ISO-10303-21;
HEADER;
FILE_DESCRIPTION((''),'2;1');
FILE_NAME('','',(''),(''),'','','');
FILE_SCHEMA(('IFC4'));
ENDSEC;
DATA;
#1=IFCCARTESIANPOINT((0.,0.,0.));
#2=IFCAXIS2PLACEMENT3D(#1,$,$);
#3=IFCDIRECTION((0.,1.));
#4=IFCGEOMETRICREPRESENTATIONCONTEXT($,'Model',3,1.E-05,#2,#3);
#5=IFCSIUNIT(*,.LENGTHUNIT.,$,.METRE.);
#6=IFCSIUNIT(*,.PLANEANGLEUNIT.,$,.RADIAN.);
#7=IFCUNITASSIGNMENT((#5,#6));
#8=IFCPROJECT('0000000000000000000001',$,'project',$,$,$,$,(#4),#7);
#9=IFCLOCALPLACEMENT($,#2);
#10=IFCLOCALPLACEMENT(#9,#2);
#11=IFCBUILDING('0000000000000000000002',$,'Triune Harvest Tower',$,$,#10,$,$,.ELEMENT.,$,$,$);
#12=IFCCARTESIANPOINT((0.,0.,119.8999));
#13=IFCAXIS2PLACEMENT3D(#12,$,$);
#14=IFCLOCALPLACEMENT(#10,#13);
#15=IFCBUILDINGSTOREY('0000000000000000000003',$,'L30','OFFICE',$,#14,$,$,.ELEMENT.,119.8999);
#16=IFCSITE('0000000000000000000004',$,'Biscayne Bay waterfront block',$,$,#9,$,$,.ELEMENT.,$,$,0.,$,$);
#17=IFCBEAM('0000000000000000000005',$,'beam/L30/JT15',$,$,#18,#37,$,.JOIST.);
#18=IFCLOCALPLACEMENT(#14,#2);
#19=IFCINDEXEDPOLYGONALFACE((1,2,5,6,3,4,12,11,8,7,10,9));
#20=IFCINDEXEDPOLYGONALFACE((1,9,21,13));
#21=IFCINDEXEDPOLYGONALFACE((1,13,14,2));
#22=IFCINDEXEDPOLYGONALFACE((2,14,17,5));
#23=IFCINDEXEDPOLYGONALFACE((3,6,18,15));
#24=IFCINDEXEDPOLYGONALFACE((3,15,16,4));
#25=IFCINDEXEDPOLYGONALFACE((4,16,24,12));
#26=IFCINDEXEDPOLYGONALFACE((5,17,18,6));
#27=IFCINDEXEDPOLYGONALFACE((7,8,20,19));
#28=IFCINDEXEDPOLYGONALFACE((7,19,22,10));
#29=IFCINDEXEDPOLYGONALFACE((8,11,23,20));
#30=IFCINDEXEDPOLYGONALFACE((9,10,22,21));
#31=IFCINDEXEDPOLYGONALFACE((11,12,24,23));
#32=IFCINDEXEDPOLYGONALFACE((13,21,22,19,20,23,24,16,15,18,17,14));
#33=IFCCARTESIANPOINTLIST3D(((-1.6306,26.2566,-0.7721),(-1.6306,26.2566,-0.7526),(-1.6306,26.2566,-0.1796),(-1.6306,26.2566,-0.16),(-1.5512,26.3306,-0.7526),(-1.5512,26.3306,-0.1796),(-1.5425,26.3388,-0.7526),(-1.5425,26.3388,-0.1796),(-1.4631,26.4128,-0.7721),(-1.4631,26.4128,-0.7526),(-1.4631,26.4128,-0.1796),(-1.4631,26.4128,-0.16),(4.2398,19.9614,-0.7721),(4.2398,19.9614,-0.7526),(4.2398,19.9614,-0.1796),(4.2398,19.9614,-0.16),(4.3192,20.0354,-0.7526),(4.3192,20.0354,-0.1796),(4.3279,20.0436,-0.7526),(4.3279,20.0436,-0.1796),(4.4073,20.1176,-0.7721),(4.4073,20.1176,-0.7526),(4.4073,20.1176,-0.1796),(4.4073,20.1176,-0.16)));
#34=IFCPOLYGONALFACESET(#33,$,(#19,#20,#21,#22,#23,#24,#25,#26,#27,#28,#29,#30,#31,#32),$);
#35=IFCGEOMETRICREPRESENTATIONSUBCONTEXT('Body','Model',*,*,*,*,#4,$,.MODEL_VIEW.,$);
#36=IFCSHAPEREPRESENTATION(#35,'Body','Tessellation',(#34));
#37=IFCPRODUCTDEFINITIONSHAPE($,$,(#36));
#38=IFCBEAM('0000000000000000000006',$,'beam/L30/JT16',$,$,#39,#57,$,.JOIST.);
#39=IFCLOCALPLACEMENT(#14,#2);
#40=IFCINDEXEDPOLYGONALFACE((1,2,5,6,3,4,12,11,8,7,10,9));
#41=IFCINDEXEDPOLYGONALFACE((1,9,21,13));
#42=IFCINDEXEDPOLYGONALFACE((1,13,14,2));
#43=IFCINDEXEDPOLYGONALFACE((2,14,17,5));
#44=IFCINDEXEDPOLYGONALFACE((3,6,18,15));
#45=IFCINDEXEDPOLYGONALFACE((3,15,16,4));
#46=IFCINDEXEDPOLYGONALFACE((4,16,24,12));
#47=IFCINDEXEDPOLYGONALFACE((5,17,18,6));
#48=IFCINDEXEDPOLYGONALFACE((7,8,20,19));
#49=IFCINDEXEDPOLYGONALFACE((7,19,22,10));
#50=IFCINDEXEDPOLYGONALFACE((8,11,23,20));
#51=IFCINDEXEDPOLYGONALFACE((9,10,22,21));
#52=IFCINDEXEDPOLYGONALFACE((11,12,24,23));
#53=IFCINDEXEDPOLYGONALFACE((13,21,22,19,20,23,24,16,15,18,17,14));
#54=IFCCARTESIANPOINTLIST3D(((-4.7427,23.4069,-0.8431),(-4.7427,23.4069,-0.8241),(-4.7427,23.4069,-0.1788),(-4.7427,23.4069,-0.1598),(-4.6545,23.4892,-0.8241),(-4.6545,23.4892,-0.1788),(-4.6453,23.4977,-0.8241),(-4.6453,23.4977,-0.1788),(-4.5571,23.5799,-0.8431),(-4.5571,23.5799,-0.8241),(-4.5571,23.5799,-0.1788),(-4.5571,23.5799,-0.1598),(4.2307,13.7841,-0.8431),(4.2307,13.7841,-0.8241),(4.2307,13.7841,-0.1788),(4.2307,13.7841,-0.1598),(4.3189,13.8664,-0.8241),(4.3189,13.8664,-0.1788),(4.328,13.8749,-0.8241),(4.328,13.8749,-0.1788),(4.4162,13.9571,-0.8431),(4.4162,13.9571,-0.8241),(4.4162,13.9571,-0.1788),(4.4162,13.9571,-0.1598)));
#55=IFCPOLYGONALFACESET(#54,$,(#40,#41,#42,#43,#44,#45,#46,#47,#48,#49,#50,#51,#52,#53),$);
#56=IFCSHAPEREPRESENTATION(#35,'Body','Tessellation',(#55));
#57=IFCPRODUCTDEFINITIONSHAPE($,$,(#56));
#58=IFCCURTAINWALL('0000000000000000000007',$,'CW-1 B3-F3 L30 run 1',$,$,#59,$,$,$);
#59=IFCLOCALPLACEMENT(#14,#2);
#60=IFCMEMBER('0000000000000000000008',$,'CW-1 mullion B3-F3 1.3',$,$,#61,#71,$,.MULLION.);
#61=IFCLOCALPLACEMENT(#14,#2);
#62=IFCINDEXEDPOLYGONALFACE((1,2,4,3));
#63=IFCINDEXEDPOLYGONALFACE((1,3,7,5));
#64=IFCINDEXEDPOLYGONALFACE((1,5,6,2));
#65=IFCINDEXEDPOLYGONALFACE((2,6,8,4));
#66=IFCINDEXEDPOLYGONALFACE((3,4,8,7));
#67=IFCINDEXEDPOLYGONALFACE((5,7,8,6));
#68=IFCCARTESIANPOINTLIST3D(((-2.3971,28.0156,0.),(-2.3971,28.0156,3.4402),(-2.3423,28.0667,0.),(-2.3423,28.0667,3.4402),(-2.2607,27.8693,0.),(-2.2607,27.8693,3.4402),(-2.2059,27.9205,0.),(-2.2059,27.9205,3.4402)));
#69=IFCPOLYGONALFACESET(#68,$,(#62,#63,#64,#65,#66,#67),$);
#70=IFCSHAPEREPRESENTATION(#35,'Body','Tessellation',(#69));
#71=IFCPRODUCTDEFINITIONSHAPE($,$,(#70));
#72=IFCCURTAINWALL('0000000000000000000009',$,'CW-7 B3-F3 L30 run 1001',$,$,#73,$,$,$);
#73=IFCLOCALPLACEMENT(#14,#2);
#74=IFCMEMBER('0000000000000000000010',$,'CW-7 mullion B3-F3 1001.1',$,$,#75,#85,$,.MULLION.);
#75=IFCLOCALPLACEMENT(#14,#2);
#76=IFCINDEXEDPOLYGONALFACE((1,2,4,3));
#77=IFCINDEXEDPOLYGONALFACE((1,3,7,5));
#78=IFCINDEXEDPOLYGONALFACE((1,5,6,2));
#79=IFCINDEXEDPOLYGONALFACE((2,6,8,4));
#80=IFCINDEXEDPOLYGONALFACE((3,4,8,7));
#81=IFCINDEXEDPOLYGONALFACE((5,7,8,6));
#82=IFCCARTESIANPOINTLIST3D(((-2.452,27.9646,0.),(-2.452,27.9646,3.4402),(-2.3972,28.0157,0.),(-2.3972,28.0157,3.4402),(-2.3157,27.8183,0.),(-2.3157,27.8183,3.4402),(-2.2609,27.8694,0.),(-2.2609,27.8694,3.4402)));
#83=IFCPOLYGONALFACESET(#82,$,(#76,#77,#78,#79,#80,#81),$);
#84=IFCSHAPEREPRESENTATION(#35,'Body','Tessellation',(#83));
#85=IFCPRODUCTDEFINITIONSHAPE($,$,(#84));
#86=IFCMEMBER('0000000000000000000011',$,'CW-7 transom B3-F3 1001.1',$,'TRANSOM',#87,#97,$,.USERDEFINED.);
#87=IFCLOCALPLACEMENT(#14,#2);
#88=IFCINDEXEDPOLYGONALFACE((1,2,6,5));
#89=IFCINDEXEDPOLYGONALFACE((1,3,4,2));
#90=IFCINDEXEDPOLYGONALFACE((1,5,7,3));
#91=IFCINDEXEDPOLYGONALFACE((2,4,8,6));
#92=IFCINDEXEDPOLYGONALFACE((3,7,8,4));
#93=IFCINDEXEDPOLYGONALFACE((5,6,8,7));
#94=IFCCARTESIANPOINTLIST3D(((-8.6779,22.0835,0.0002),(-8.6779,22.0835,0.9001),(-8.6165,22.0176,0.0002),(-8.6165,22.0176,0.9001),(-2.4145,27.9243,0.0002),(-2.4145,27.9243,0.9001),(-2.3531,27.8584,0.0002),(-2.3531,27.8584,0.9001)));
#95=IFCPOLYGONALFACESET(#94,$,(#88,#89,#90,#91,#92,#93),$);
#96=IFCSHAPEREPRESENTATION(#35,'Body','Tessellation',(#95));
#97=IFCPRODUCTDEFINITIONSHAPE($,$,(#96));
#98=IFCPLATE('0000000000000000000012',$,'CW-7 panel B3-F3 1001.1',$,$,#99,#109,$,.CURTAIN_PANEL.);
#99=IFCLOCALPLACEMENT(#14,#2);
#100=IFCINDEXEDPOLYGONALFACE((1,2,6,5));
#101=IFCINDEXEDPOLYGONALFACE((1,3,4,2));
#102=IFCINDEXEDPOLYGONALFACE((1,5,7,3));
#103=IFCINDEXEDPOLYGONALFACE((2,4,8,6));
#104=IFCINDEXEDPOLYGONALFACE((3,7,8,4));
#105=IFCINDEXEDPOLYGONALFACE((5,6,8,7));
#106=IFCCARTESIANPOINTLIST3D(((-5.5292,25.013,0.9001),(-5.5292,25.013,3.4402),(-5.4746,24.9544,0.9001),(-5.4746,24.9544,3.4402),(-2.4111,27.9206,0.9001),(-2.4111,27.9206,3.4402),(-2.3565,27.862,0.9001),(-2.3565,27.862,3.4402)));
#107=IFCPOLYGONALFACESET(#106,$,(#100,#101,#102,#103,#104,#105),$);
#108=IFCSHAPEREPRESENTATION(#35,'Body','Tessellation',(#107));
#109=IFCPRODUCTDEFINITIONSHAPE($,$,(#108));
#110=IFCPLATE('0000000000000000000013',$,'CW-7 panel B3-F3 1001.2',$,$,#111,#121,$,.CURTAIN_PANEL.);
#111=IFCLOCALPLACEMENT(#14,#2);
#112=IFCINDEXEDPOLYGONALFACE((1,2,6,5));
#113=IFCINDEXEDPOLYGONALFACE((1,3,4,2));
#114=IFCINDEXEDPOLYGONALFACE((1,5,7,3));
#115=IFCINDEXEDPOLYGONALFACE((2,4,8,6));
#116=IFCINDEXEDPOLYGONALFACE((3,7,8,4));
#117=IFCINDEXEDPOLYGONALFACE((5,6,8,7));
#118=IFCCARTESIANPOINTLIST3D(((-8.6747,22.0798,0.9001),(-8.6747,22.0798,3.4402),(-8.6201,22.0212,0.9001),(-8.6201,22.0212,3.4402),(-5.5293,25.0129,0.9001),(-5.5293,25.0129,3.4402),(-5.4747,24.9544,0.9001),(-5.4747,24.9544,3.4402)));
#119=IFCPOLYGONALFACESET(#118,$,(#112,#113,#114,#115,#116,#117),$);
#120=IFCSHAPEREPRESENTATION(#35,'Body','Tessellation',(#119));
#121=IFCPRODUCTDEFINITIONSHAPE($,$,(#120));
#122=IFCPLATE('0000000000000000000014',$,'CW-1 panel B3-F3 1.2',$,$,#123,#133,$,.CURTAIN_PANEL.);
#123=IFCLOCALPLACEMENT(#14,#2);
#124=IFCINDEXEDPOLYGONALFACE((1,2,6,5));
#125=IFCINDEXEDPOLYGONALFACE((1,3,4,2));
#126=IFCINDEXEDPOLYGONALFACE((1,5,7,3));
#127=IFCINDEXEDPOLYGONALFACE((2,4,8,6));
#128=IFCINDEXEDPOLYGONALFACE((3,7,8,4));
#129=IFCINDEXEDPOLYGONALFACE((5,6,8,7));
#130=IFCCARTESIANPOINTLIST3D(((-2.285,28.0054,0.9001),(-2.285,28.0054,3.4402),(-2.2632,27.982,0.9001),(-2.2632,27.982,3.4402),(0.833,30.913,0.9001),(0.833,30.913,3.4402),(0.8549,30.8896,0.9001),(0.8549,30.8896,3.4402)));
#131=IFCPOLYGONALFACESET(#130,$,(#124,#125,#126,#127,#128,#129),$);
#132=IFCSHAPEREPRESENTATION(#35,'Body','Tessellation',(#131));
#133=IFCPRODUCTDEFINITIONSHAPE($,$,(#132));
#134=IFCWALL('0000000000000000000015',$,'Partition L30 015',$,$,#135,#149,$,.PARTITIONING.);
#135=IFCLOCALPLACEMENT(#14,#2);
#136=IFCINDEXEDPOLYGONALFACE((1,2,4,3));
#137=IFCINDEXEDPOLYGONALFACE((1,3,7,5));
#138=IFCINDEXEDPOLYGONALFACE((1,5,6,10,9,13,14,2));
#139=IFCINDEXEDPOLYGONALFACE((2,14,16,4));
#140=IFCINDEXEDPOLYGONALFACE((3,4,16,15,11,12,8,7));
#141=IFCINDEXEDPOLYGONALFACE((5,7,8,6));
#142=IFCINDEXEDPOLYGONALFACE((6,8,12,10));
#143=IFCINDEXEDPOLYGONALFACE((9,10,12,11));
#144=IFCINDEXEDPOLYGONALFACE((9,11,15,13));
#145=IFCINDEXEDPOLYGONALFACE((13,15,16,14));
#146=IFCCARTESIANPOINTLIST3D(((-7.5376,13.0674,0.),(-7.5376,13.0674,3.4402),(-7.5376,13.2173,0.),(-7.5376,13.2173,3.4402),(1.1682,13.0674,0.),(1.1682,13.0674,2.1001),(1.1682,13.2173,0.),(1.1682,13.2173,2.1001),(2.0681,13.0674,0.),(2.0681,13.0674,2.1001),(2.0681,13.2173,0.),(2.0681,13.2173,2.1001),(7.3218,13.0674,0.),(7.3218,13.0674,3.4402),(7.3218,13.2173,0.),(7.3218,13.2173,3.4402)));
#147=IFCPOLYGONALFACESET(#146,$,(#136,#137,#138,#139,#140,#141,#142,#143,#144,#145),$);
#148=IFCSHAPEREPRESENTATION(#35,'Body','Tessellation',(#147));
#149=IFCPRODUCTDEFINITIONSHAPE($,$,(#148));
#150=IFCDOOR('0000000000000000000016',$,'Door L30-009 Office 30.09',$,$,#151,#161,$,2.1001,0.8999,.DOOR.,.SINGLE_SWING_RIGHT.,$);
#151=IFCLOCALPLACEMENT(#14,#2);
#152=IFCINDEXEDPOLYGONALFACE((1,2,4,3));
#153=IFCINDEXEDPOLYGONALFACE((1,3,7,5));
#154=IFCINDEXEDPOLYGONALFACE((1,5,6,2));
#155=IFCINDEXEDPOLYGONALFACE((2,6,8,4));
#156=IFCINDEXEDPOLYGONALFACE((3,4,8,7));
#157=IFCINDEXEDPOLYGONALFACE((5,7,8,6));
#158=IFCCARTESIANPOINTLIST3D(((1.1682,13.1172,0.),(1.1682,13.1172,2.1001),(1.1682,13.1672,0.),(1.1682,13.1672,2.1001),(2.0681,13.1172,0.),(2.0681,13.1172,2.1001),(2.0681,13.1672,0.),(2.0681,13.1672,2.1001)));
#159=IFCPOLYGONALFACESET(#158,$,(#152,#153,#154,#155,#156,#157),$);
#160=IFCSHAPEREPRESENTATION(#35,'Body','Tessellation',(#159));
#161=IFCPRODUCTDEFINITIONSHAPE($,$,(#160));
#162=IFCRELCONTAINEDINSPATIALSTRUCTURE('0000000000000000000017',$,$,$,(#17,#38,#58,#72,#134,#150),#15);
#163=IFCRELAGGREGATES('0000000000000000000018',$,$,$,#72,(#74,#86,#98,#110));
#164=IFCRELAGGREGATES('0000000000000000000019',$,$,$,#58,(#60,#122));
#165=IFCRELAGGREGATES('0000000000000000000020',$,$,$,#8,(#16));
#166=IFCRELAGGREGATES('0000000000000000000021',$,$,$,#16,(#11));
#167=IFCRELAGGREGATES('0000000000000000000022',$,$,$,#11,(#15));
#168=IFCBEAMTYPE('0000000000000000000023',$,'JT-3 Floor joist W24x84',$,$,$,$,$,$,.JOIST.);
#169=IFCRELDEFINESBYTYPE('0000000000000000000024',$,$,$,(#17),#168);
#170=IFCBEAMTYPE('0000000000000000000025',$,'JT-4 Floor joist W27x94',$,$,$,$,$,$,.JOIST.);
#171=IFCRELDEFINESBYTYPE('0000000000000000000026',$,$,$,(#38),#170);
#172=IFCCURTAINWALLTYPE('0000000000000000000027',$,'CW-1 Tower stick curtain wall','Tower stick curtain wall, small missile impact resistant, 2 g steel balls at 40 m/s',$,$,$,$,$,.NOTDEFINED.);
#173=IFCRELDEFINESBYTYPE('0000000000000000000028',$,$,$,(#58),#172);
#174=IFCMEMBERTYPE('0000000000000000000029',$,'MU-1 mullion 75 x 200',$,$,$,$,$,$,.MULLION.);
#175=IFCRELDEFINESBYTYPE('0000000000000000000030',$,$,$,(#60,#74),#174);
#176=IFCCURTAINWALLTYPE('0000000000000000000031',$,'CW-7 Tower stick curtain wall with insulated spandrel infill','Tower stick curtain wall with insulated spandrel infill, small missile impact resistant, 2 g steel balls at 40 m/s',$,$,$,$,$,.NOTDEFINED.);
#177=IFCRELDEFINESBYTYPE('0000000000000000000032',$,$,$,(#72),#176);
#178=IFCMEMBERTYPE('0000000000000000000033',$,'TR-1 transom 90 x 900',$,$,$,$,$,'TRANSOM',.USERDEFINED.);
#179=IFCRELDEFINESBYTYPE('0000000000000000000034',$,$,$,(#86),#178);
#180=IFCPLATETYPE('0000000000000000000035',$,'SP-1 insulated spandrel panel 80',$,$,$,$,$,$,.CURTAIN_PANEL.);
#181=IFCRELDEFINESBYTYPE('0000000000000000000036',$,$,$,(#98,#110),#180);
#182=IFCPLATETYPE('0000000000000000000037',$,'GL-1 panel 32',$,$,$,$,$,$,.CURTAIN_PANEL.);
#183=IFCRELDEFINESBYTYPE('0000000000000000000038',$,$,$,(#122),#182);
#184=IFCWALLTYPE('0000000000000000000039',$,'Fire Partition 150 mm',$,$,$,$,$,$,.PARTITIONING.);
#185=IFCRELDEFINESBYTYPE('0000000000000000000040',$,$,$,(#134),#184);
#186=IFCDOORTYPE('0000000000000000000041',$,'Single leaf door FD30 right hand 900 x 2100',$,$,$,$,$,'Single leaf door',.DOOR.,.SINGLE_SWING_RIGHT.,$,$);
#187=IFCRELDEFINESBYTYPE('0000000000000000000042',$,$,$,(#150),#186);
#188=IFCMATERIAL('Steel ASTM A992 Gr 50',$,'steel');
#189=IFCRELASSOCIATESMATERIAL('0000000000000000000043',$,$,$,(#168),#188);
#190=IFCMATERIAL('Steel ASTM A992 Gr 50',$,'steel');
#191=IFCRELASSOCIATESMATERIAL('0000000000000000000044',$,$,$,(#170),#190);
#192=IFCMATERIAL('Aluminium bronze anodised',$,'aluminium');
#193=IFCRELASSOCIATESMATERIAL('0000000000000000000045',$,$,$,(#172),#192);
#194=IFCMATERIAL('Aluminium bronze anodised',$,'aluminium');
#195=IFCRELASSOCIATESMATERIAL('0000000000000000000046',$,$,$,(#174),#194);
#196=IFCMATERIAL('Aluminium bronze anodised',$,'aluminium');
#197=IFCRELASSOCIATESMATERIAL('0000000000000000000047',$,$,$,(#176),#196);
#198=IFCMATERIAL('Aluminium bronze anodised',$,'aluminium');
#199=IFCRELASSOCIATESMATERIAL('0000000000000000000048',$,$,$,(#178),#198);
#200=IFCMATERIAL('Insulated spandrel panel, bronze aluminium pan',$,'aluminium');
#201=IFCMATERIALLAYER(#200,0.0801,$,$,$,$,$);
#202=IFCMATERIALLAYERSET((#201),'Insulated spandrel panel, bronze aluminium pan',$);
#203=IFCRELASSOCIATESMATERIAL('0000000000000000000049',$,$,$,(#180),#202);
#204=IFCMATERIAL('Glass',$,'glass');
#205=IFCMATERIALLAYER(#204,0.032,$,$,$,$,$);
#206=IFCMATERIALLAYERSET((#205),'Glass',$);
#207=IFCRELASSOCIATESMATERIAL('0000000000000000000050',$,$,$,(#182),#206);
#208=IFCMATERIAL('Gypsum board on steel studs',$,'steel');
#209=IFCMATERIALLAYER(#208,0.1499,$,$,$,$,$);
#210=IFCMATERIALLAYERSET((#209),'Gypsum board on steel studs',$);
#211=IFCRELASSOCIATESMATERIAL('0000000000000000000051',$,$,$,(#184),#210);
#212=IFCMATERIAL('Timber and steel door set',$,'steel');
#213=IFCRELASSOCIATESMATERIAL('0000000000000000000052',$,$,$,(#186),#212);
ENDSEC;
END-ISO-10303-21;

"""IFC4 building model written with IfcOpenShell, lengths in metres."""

from ifc_helpers import new_model, si_unit, direction, frame, frame_2d, origin, origin_2d, place, context, subcontext, project, spatial, rectangle, i_section, extrude, source, transform, mapped, material, layer, layer_set, material_profile, profile_set, type_object, element, fill, aggregate, save


model = new_model("IFC4")

# Units and contexts
model_context = context("Model", 3, precision=1e-05, world=origin(), true_north=direction((0.0, 1.0)))
body_context = subcontext(model_context, "Body", "Model", "MODEL_VIEW")
ifc_project = project(units=[si_unit("LENGTHUNIT", "METRE"), si_unit("PLANEANGLEUNIT", "RADIAN")], contexts=[model_context])

# Site, building, storey
site_placement = place(None, origin())
site = spatial("IfcSite", under=ifc_project, at=site_placement, Name="Biscayne Bay waterfront block", CompositionType="ELEMENT", RefElevation=0.0)
building_placement = place(site_placement, origin())
building = spatial("IfcBuilding", under=site, at=building_placement, Name="Triune Harvest Tower", CompositionType="ELEMENT")
storey_placement = place(building_placement, frame((0.0, 0.0, 119.8999)))
storey = spatial("IfcBuildingStorey", under=building, at=storey_placement, Name="L30", Description="OFFICE", CompositionType="ELEMENT", Elevation=119.8999)

# Beams
ifc_material_1 = material(Name="Steel ASTM A992 Gr 50", Category="steel")
ifc_material_profile_1 = material_profile(ifc_material_1, i_section(OverallWidth=0.229, OverallDepth=0.6121, WebThickness=0.012, FlangeThickness=0.0195, at=origin_2d()), Name="W24x84")
ifc_profile_set_1 = profile_set([ifc_material_profile_1], Name="Steel ASTM A992 Gr 50")
beam_type_1 = type_object("IfcBeamType", Name="JT-3 Floor joist W24x84", PredefinedType="JOIST", material=ifc_profile_set_1)
shared_shape_1 = source(origin(), body_context, "Body", "SweptSolid", [
    extrude(i_section(OverallWidth=0.229, OverallDepth=0.6121, WebThickness=0.012, FlangeThickness=0.0195, at=origin_2d()), origin(), (0.0, 0.0, 1.0), 8.6077),
])
beam_1_placement = place(storey_placement, frame((-1.5469, 26.3347, -0.4661), z_axis=(0.682, -0.731352, 0.0), x_axis=(0.731352, 0.682, 0.0)))
element("IfcBeam", 1, at=beam_1_placement, inside=storey, type_object=beam_type_1, Name="beam/L30/JT15", PredefinedType="JOIST", context=body_context, shape_type="MappedRepresentation", body=[
    mapped(shared_shape_1, transform((0.0, 0.0, 0.0), scale=1.0)),
])
ifc_material_2 = material(Name="Steel ASTM A992 Gr 50", Category="steel")
ifc_material_profile_2 = material_profile(ifc_material_2, i_section(OverallWidth=0.2537, OverallDepth=0.6833, WebThickness=0.0125, FlangeThickness=0.019, at=origin_2d()), Name="W27x94")
ifc_profile_set_2 = profile_set([ifc_material_profile_2], Name="Steel ASTM A992 Gr 50")
beam_type_2 = type_object("IfcBeamType", Name="JT-4 Floor joist W27x94", PredefinedType="JOIST", material=ifc_profile_set_2)
shared_shape_2 = source(origin(), body_context, "Body", "SweptSolid", [
    extrude(i_section(OverallWidth=0.2537, OverallDepth=0.6833, WebThickness=0.0125, FlangeThickness=0.019, at=origin_2d()), origin(), (0.0, 0.0, 1.0), 13.1575),
])
beam_2_placement = place(storey_placement, frame((-4.6499, 23.4934, -0.5015), z_axis=(0.681998, -0.731354, 0.0), x_axis=(0.731354, 0.681998, 0.0)))
element("IfcBeam", 2, at=beam_2_placement, inside=storey, type_object=beam_type_2, Name="beam/L30/JT16", PredefinedType="JOIST", context=body_context, shape_type="MappedRepresentation", body=[
    mapped(shared_shape_2, transform((0.0, 0.0, 0.0), scale=1.0)),
])

# Curtain wall, member
ifc_material_3 = material(Name="Aluminium bronze anodised", Category="aluminium")
curtain_wall_type_1 = type_object("IfcCurtainWallType", Name="CW-1 Tower stick curtain wall", Description="Tower stick curtain wall, small missile impact resistant, 2 g steel balls at 40 m/s", PredefinedType="NOTDEFINED", material=ifc_material_3)
curtain_wall_1_placement = place(storey_placement, origin())
curtain_wall_1 = element("IfcCurtainWall", 3, at=curtain_wall_1_placement, inside=storey, type_object=curtain_wall_type_1, Name="CW-1 B3-F3 L30 run 1")
ifc_material_4 = material(Name="Aluminium bronze anodised", Category="aluminium")
ifc_material_profile_3 = material_profile(ifc_material_4, rectangle(XDim=0.2, YDim=0.075, at=origin_2d()), Name="MU-1 mullion 75 x 200")
ifc_profile_set_3 = profile_set([ifc_material_profile_3], Name="Aluminium bronze anodised")
member_type_1 = type_object("IfcMemberType", Name="MU-1 mullion 75 x 200", PredefinedType="MULLION", material=ifc_profile_set_3)
shared_shape_3 = source(origin(), body_context, "Body", "SweptSolid", [
    extrude(rectangle(XDim=0.2, YDim=0.075, at=origin_2d()), origin(), (0.0, 0.0, 1.0), 3.4402),
])
member_1_placement = place(storey_placement, frame((-2.3015, 27.968, 0.0), z_axis=(0.0, 0.0, 1.0), x_axis=(0.681998, -0.731354, 0.0)))
member_1 = element("IfcMember", 4, at=member_1_placement, type_object=member_type_1, Name="CW-1 mullion B3-F3 1.3", PredefinedType="MULLION", context=body_context, shape_type="MappedRepresentation", body=[
    mapped(shared_shape_3, transform((0.0, 0.0, 0.0), scale=1.0)),
])

# Curtain wall, members, plates
ifc_material_5 = material(Name="Aluminium bronze anodised", Category="aluminium")
curtain_wall_type_2 = type_object("IfcCurtainWallType", Name="CW-7 Tower stick curtain wall with insulated spandrel infill", Description="Tower stick curtain wall with insulated spandrel infill, small missile impact resistant, 2 g steel balls at 40 m/s", PredefinedType="NOTDEFINED", material=ifc_material_5)
curtain_wall_2_placement = place(storey_placement, origin())
curtain_wall_2 = element("IfcCurtainWall", 5, at=curtain_wall_2_placement, inside=storey, type_object=curtain_wall_type_2, Name="CW-7 B3-F3 L30 run 1001")
member_2_placement = place(storey_placement, frame((-2.3564, 27.917, 0.0), z_axis=(0.0, 0.0, 1.0), x_axis=(0.681997, -0.731355, 0.0)))
member_2 = element("IfcMember", 6, at=member_2_placement, type_object=member_type_1, Name="CW-7 mullion B3-F3 1001.1", PredefinedType="MULLION", context=body_context, shape_type="MappedRepresentation", body=[
    mapped(shared_shape_3, transform((0.0, 0.0, 0.0), scale=1.0)),
])
ifc_material_6 = material(Name="Aluminium bronze anodised", Category="aluminium")
ifc_material_profile_4 = material_profile(ifc_material_6, rectangle(XDim=0.0901, YDim=0.8999, at=origin_2d()), Name="TR-1 transom 90 x 900")
ifc_profile_set_4 = profile_set([ifc_material_profile_4], Name="Aluminium bronze anodised")
member_type_2 = type_object("IfcMemberType", Name="TR-1 transom 90 x 900", ElementType="TRANSOM", PredefinedType="USERDEFINED", material=ifc_profile_set_4)
shared_shape_4 = source(origin(), body_context, "Body", "SweptSolid", [
    extrude(rectangle(XDim=0.0901, YDim=0.8999, at=origin_2d()), origin(), (0.0, 0.0, 1.0), 8.5642),
])
member_3_placement = place(storey_placement, frame((-2.3838, 27.8914, 0.4502), z_axis=(-0.731349, -0.682003, 0.0), x_axis=(0.682003, -0.731349, 0.0)))
member_3 = element("IfcMember", 7, at=member_3_placement, type_object=member_type_2, Name="CW-7 transom B3-F3 1001.1", ObjectType="TRANSOM", PredefinedType="USERDEFINED", context=body_context, shape_type="MappedRepresentation", body=[
    mapped(shared_shape_4, transform((0.0, 0.0, 0.0), scale=1.0)),
])
ifc_material_7 = material(Name="Insulated spandrel panel, bronze aluminium pan", Category="aluminium")
ifc_layer_1 = layer(ifc_material_7, 0.0801)
ifc_layer_set_1 = layer_set([ifc_layer_1], Name="Insulated spandrel panel, bronze aluminium pan")
plate_type_1 = type_object("IfcPlateType", Name="SP-1 insulated spandrel panel 80", PredefinedType="CURTAIN_PANEL", material=ifc_layer_set_1)
shared_shape_5 = source(origin(), body_context, "Body", "SweptSolid", [
    extrude(rectangle(XDim=4.2634, YDim=0.0801, at=origin_2d()), origin(), (0.0, 0.0, 1.0), 2.54),
])
plate_1_placement = place(storey_placement, frame((-3.9429, 26.4375, 0.9001), z_axis=(0.0, 0.0, 1.0), x_axis=(-0.731355, -0.681997, 0.0)))
plate_1 = element("IfcPlate", 8, at=plate_1_placement, type_object=plate_type_1, Name="CW-7 panel B3-F3 1001.1", PredefinedType="CURTAIN_PANEL", context=body_context, shape_type="MappedRepresentation", body=[
    mapped(shared_shape_5, transform((0.0, 0.0, 0.0), scale=1.0)),
])
shared_shape_6 = source(origin(), body_context, "Body", "SweptSolid", [
    extrude(rectangle(XDim=4.3008, YDim=0.0801, at=origin_2d()), origin(), (0.0, 0.0, 1.0), 2.54),
])
plate_2_placement = place(storey_placement, frame((-7.0747, 23.5171, 0.9001), z_axis=(0.0, 0.0, 1.0), x_axis=(-0.731355, -0.681997, 0.0)))
plate_2 = element("IfcPlate", 9, at=plate_2_placement, type_object=plate_type_1, Name="CW-7 panel B3-F3 1001.2", PredefinedType="CURTAIN_PANEL", context=body_context, shape_type="MappedRepresentation", body=[
    mapped(shared_shape_6, transform((0.0, 0.0, 0.0), scale=1.0)),
])
aggregate(curtain_wall_2, [member_2, member_3, plate_1, plate_2])

# Plate
ifc_material_8 = material(Name="Glass", Category="glass")
ifc_layer_2 = layer(ifc_material_8, 0.032)
ifc_layer_set_2 = layer_set([ifc_layer_2], Name="Glass")
plate_type_2 = type_object("IfcPlateType", Name="GL-1 panel 32", PredefinedType="CURTAIN_PANEL", material=ifc_layer_set_2)
shared_shape_7 = source(origin(), body_context, "Body", "SweptSolid", [
    extrude(rectangle(XDim=4.2634, YDim=0.032, at=origin_2d()), origin(), (0.0, 0.0, 1.0), 2.54),
])
plate_3_placement = place(storey_placement, frame((-0.7151, 29.4475, 0.9001), z_axis=(0.0, 0.0, 1.0), x_axis=(-0.731354, -0.681998, 0.0)))
plate_3 = element("IfcPlate", 10, at=plate_3_placement, type_object=plate_type_2, Name="CW-1 panel B3-F3 1.2", PredefinedType="CURTAIN_PANEL", context=body_context, shape_type="MappedRepresentation", body=[
    mapped(shared_shape_7, transform((0.0, 0.0, 0.0), scale=1.0)),
])
aggregate(curtain_wall_1, [member_1, plate_3])

# Wall, opening, door
ifc_material_9 = material(Name="Gypsum board on steel studs", Category="steel")
ifc_layer_3 = layer(ifc_material_9, 0.1499)
ifc_layer_set_3 = layer_set([ifc_layer_3], Name="Gypsum board on steel studs")
wall_type_1 = type_object("IfcWallType", Name="Fire Partition 150 mm", PredefinedType="PARTITIONING", material=ifc_layer_set_3)
wall_1_placement = place(storey_placement, frame((-7.5376, 13.1423, 0.0), z_axis=(0.0, 0.0, 1.0), x_axis=(1.0, 0.0, 0.0)))
wall_1 = element("IfcWall", 11, at=wall_1_placement, inside=storey, type_object=wall_type_1, Name="Partition L30 015", PredefinedType="PARTITIONING", context=body_context, shape_type="SweptSolid", body=[
    extrude(rectangle(XDim=14.8594, YDim=0.1499, at=frame_2d((7.4297, 0.0))), origin(), (0.0, 0.0, 1.0), 3.4402),
])
opening_1_placement = place(wall_1_placement, frame((8.7058, 0.0, 0.0)))
opening_1 = element("IfcOpeningElement", 12, at=opening_1_placement, cuts=wall_1, PredefinedType="OPENING", context=body_context, shape_type="SweptSolid", body=[
    extrude(rectangle(XDim=0.8999, YDim=2.1001, at=frame_2d((0.45, 1.05))), frame((0.0, 0.085, 0.0), z_axis=(0.0, -1.0, 0.0), x_axis=(1.0, 0.0, 0.0)), (0.0, 0.0, 1.0), 0.1699),
])
ifc_material_10 = material(Name="Timber and steel door set", Category="steel")
door_type_1 = type_object("IfcDoorType", Name="Single leaf door FD30 right hand 900 x 2100", ElementType="Single leaf door", OperationType="SINGLE_SWING_RIGHT", PredefinedType="DOOR", material=ifc_material_10)
door_1_placement = place(opening_1_placement, origin())
door_1 = element("IfcDoor", 13, at=door_1_placement, inside=storey, type_object=door_type_1, Name="Door L30-009 Office 30.09", OperationType="SINGLE_SWING_RIGHT", OverallHeight=2.1001, OverallWidth=0.8999, PredefinedType="DOOR", context=body_context, shape_type="SweptSolid", body=[
    extrude(rectangle(XDim=0.8999, YDim=2.1001, at=frame_2d((0.45, 1.05))), frame((0.0, 0.0249, 0.0), z_axis=(0.0, -1.0, 0.0), x_axis=(1.0, 0.0, 0.0)), (0.0, 0.0, 1.0), 0.05),
])
fill(opening_1, door_1)

save(model, "model.ifc")
